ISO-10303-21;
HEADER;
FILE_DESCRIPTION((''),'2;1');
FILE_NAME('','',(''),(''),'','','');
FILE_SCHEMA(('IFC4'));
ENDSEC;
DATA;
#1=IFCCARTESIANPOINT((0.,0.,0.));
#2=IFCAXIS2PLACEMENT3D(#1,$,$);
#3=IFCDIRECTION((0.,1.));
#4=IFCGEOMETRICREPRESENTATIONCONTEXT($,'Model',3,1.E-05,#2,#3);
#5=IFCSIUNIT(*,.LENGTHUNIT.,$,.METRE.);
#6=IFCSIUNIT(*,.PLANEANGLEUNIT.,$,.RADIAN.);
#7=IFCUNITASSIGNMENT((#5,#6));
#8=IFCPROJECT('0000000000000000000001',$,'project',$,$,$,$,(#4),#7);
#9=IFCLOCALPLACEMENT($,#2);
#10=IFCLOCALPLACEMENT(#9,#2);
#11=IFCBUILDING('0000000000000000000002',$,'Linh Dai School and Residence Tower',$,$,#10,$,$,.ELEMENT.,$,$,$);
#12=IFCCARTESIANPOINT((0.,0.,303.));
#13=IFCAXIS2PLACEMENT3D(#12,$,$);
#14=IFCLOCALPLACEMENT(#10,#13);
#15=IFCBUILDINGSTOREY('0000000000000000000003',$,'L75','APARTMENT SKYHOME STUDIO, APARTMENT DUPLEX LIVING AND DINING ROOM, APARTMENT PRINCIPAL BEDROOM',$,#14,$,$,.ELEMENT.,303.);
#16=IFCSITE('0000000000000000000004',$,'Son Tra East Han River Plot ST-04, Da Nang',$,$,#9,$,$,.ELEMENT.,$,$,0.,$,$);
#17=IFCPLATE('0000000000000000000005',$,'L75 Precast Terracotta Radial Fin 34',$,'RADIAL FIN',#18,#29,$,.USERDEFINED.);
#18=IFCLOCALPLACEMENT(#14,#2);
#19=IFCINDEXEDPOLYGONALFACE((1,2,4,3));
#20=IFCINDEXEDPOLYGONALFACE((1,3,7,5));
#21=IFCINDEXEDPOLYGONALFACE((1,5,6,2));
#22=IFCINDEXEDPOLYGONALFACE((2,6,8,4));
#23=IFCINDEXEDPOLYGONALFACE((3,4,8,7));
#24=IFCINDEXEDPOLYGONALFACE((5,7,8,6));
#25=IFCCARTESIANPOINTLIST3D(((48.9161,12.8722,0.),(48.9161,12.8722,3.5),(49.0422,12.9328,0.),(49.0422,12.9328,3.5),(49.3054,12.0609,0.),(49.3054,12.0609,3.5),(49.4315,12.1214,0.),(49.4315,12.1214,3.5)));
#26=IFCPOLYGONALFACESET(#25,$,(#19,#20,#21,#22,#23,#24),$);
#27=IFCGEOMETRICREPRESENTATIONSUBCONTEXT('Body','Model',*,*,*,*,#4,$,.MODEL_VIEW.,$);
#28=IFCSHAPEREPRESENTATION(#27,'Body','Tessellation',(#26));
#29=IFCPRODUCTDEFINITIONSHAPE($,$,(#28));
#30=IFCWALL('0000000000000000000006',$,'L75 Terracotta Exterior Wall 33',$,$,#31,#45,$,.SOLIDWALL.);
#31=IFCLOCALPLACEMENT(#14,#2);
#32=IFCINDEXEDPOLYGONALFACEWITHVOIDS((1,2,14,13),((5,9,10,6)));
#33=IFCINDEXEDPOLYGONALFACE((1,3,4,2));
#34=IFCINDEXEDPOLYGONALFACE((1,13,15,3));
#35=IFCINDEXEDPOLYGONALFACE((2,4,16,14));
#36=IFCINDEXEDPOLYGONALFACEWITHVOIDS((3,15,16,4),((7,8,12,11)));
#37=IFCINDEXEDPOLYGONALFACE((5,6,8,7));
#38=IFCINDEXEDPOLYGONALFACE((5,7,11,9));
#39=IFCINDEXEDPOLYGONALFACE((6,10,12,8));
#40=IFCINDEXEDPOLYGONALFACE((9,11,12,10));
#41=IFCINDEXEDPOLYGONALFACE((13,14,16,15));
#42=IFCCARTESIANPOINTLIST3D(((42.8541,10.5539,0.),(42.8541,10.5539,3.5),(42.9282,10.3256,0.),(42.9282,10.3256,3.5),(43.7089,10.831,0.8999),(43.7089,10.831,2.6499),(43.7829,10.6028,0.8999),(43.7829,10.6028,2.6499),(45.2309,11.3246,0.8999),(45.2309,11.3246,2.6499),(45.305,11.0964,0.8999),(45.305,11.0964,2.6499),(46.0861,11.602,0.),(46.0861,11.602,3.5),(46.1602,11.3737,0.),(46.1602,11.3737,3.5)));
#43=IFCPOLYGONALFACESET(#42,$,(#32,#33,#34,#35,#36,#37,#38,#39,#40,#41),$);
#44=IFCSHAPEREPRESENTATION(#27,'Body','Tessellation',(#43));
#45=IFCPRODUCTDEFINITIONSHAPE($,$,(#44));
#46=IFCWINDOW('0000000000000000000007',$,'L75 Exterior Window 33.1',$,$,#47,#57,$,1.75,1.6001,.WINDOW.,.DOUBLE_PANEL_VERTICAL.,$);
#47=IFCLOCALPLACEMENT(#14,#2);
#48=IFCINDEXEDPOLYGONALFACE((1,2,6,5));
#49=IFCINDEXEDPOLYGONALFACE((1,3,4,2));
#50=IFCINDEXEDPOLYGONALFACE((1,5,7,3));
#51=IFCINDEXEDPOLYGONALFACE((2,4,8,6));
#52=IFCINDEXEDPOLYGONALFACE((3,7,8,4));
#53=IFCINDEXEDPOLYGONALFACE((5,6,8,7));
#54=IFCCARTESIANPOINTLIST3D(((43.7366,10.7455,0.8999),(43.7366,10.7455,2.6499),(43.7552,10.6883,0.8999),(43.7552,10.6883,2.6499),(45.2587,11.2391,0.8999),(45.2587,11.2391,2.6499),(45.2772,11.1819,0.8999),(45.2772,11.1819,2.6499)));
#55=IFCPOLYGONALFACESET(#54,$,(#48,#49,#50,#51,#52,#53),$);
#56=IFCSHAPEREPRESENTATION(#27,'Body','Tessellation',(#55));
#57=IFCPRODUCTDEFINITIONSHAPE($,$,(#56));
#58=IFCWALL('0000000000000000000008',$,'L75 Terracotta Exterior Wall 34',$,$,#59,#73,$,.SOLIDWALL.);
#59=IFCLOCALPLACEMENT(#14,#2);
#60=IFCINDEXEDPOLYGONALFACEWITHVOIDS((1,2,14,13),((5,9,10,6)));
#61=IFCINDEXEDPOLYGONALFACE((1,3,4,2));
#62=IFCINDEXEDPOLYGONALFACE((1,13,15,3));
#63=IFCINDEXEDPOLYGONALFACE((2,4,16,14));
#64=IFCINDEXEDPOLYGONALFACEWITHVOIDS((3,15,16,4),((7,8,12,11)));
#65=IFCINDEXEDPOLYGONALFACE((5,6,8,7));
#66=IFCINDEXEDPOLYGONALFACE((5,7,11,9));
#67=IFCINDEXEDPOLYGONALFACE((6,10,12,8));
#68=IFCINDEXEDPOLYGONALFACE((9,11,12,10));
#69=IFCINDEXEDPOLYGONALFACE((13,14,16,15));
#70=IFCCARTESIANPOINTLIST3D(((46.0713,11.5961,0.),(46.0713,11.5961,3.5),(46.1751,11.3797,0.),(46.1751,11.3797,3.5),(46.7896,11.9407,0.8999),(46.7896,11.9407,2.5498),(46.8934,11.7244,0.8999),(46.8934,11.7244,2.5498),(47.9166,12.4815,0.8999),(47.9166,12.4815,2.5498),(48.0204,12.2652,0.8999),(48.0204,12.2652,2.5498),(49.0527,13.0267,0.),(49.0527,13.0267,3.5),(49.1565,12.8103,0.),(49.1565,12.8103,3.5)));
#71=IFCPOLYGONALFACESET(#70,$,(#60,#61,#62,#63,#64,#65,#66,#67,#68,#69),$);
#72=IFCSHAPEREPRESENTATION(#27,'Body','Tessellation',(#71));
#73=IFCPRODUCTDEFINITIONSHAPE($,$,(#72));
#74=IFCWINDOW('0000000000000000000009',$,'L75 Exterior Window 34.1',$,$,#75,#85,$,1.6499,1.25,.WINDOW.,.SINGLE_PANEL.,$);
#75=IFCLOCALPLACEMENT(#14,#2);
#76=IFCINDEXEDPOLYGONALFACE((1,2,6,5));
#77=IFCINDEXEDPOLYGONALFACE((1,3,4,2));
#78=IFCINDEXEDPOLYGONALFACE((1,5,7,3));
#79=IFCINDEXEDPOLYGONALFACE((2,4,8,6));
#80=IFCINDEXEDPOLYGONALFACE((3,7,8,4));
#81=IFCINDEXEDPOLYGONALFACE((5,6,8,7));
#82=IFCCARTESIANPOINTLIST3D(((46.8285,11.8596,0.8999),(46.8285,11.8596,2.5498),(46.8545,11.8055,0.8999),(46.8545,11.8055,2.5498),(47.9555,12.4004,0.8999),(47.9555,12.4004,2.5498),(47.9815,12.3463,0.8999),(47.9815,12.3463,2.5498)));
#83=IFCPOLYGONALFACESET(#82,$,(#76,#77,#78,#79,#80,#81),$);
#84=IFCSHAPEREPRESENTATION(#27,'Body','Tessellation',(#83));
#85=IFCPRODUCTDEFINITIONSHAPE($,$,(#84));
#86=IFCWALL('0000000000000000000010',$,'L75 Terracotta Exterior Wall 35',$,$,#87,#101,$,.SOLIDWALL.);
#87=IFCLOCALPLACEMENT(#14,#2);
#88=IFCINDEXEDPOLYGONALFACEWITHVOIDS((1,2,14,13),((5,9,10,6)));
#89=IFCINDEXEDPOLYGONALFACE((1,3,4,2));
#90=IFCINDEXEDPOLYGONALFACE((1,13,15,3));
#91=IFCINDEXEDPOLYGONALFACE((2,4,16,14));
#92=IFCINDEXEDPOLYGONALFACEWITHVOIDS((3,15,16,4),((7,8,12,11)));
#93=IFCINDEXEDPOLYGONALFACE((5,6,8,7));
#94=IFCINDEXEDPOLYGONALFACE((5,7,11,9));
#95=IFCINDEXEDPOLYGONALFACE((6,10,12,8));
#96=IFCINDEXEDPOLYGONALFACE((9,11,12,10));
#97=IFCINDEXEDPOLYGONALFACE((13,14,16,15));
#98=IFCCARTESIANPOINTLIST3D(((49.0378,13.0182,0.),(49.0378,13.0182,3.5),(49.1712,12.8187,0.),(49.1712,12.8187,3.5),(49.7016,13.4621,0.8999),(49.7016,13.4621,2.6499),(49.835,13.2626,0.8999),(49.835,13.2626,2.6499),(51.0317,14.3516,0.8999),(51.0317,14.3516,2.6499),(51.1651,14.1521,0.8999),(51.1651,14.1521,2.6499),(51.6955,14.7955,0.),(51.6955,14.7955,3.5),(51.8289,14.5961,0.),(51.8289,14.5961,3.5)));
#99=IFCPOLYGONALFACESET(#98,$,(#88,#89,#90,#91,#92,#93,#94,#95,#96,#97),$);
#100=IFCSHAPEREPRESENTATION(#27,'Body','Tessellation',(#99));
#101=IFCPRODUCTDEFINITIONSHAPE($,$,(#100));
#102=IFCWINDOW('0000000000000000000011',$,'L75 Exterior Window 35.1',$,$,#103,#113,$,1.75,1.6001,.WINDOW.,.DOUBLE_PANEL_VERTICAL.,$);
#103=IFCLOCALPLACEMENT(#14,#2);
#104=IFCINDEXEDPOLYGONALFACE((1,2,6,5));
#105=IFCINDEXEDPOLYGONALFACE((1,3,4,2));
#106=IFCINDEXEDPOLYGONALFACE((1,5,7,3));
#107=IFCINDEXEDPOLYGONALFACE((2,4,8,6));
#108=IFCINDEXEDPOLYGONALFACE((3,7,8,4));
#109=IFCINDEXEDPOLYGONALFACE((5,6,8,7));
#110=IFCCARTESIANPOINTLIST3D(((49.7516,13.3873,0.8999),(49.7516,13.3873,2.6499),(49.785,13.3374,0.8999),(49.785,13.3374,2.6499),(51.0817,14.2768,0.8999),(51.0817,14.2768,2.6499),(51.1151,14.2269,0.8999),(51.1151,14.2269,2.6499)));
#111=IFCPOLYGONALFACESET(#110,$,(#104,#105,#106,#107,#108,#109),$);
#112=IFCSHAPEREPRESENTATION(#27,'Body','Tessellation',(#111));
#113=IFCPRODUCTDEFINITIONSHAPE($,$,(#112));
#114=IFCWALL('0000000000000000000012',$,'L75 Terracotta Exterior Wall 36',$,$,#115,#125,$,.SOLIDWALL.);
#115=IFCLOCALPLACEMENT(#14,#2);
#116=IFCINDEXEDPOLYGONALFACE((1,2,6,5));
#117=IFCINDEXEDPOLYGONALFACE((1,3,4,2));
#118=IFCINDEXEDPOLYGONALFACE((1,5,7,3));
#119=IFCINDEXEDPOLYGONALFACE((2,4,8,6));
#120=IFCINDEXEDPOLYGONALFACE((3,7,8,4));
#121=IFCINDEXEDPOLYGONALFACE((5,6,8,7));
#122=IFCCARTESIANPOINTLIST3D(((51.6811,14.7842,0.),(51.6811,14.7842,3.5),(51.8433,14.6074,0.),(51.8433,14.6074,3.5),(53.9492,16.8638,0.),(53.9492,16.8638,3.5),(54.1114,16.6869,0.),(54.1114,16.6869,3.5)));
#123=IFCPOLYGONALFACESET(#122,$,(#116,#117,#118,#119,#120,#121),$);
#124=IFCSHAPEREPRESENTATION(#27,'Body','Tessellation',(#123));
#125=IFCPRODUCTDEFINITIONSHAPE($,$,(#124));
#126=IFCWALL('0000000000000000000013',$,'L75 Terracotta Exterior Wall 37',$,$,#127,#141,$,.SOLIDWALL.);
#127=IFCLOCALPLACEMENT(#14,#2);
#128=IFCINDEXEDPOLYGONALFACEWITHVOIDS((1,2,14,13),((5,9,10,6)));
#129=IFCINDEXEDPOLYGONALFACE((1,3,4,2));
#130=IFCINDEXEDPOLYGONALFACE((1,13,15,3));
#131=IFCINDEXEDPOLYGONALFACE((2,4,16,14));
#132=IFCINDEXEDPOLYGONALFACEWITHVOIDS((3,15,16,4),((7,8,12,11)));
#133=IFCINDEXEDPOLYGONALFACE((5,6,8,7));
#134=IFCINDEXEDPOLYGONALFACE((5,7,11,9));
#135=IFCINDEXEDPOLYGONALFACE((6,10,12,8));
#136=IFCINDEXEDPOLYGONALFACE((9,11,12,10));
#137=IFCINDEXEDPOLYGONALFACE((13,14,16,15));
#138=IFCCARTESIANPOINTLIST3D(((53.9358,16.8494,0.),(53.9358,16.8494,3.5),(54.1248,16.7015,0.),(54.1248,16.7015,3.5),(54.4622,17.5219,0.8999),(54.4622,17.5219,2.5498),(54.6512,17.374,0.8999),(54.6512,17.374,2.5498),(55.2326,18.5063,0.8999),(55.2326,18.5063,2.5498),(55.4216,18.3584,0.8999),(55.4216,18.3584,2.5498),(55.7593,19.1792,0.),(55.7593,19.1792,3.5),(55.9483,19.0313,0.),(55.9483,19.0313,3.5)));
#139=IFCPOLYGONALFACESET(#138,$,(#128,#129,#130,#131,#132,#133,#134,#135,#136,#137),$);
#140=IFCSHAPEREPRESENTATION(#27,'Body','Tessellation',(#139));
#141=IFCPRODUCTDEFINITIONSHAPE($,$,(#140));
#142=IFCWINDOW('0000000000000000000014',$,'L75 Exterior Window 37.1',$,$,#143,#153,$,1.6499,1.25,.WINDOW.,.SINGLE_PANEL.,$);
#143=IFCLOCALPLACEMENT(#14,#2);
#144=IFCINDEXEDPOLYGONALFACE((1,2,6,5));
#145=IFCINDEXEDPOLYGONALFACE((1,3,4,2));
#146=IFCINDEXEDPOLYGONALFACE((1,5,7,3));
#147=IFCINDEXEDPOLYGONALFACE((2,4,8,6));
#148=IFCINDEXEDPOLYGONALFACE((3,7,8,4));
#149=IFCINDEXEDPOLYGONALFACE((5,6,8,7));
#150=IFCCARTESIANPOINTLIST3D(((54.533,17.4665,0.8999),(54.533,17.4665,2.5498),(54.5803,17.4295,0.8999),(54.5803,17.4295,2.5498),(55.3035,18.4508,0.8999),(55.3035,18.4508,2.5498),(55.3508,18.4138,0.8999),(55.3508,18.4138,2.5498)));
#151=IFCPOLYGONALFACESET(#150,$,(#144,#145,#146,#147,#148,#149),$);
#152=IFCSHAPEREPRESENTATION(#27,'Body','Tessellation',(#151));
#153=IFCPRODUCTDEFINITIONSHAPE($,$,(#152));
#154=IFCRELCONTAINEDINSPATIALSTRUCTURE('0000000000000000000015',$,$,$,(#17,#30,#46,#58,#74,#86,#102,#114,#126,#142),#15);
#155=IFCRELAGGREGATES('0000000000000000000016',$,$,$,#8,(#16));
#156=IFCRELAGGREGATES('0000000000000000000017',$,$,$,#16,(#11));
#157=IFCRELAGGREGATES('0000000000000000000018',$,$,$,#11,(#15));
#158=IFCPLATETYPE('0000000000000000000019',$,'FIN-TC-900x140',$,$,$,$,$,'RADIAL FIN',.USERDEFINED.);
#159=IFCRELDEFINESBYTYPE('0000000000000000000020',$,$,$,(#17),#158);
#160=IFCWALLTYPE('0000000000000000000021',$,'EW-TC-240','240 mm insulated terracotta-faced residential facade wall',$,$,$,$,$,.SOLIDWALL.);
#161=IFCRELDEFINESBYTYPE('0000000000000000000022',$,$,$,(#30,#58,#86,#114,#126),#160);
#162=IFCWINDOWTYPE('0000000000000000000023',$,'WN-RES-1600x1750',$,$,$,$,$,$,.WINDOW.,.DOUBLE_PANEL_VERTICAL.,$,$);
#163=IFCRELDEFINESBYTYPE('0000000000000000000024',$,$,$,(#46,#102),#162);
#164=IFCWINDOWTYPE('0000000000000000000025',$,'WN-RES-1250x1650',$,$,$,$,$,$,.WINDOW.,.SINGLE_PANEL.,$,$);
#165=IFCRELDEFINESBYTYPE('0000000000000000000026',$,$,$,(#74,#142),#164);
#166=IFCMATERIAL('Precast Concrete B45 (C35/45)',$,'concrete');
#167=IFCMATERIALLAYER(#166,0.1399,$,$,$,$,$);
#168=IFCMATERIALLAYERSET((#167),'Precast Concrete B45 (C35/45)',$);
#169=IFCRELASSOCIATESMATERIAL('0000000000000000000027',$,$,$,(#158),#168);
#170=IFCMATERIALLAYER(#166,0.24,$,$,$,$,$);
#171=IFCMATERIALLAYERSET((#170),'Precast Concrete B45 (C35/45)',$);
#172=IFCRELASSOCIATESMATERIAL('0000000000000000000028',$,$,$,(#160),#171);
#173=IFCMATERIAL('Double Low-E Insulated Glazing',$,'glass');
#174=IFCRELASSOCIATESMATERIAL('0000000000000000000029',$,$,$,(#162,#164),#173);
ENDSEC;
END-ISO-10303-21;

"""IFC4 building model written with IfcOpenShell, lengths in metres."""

from ifc_helpers import new_model, si_unit, direction, frame, frame_2d, origin, origin_2d, place, context, subcontext, project, spatial, rectangle, extrude, source, transform, mapped, material, layer, layer_set, type_object, element, fill, save


model = new_model("IFC4")

# Units and contexts
model_context = context("Model", 3, precision=1e-05, world=origin(), true_north=direction((0.0, 1.0)))
body_context = subcontext(model_context, "Body", "Model", "MODEL_VIEW")
ifc_project = project(units=[si_unit("LENGTHUNIT", "METRE"), si_unit("PLANEANGLEUNIT", "RADIAN")], contexts=[model_context])

# Site, building, storey
site_placement = place(None, origin())
site = spatial("IfcSite", under=ifc_project, at=site_placement, Name="Son Tra East Han River Plot ST-04, Da Nang", CompositionType="ELEMENT", RefElevation=0.0)
building_placement = place(site_placement, origin())
building = spatial("IfcBuilding", under=site, at=building_placement, Name="Linh Dai School and Residence Tower", CompositionType="ELEMENT")
storey_placement = place(building_placement, frame((0.0, 0.0, 303.0)))
storey = spatial("IfcBuildingStorey", under=building, at=storey_placement, Name="L75", Description="APARTMENT SKYHOME STUDIO, APARTMENT DUPLEX LIVING AND DINING ROOM, APARTMENT PRINCIPAL BEDROOM", CompositionType="ELEMENT", Elevation=303.0)

# Plate
ifc_material_1 = material(Name="Precast Concrete B45 (C35/45)", Category="concrete")
ifc_layer_1 = layer(ifc_material_1, 0.1399)
ifc_layer_set_1 = layer_set([ifc_layer_1], Name="Precast Concrete B45 (C35/45)")
plate_type = type_object("IfcPlateType", Name="FIN-TC-900x140", ElementType="RADIAL FIN", PredefinedType="USERDEFINED", material=ifc_layer_set_1)
shared_shape_1 = source(origin(), body_context, "Body", "SweptSolid", [
    extrude(rectangle(XDim=0.8999, YDim=0.1399, at=origin_2d()), origin(), (0.0, 0.0, 1.0), 3.5),
])
plate_placement = place(storey_placement, frame((49.1738, 12.4968, 0.0), z_axis=(0.0, 0.0, 1.0), x_axis=(0.432612, -0.90158, 0.0)))
element("IfcPlate", 1, at=plate_placement, inside=storey, type_object=plate_type, Name="L75 Precast Terracotta Radial Fin 34", ObjectType="RADIAL FIN", PredefinedType="USERDEFINED", context=body_context, shape_type="MappedRepresentation", body=[
    mapped(shared_shape_1, transform((0.0, 0.0, 0.0), x_axis=(1.0, 0.0, 0.0), y_axis=(0.0, 1.0, 0.0), z_axis=(0.0, 0.0, 1.0), scale=1.0)),
])

# Walls, openings, windows
ifc_layer_2 = layer(ifc_material_1, 0.24)
ifc_layer_set_2 = layer_set([ifc_layer_2], Name="Precast Concrete B45 (C35/45)")
wall_type_1 = type_object("IfcWallType", Name="EW-TC-240", Description="240 mm insulated terracotta-faced residential facade wall", PredefinedType="SOLIDWALL", material=ifc_layer_set_2)
wall_1_placement = place(storey_placement, frame((46.123, 11.4878, 0.0), z_axis=(0.0, 0.0, 1.0), x_axis=(-0.951231, -0.308478, 0.0)))
wall_1 = element("IfcWall", 2, at=wall_1_placement, inside=storey, type_object=wall_type_1, Name="L75 Terracotta Exterior Wall 33", PredefinedType="SOLIDWALL", context=body_context, shape_type="SweptSolid", body=[
    extrude(rectangle(XDim=3.3977, YDim=0.24, at=frame_2d((1.6987, 0.0))), origin(), (0.0, 0.0, 1.0), 3.5),
])
opening_1_placement = place(wall_1_placement, frame((0.8989, 0.0, 0.8999)))
opening_1 = element("IfcOpeningElement", 3, at=opening_1_placement, cuts=wall_1, PredefinedType="OPENING", context=body_context, shape_type="SweptSolid", body=[
    extrude(rectangle(XDim=1.6001, YDim=1.75, at=origin_2d()), frame((0.8, 0.1299, 0.875), z_axis=(0.0, -1.0, 0.0), x_axis=(1.0, 0.0, 0.0)), (0.0, 0.0, 1.0), 0.26),
])
ifc_material_2 = material(Name="Double Low-E Insulated Glazing", Category="glass")
window_type_1 = type_object("IfcWindowType", Name="WN-RES-1600x1750", PartitioningType="DOUBLE_PANEL_VERTICAL", PredefinedType="WINDOW", material=ifc_material_2)
shared_shape_2 = source(origin(), body_context, "Body", "SweptSolid", [
    extrude(rectangle(XDim=1.6001, YDim=1.75, at=origin_2d()), frame((0.8, 0.03, 0.875), z_axis=(0.0, -1.0, 0.0), x_axis=(1.0, 0.0, 0.0)), (0.0, 0.0, 1.0), 0.0601),
])
window_1_placement = place(opening_1_placement, origin())
window_1 = element("IfcWindow", 4, at=window_1_placement, inside=storey, type_object=window_type_1, Name="L75 Exterior Window 33.1", OverallHeight=1.75, OverallWidth=1.6001, PartitioningType="DOUBLE_PANEL_VERTICAL", PredefinedType="WINDOW", context=body_context, shape_type="MappedRepresentation", body=[
    mapped(shared_shape_2, transform((0.0, 0.0, 0.0), x_axis=(1.0, 0.0, 0.0), y_axis=(0.0, 1.0, 0.0), z_axis=(0.0, 0.0, 1.0), scale=1.0)),
])
fill(opening_1, window_1)
wall_2_placement = place(storey_placement, frame((49.1045, 12.9185, 0.0), z_axis=(0.0, 0.0, 1.0), x_axis=(-0.901574, -0.432625, 0.0)))
wall_2 = element("IfcWall", 5, at=wall_2_placement, inside=storey, type_object=wall_type_1, Name="L75 Terracotta Exterior Wall 34", PredefinedType="SOLIDWALL", context=body_context, shape_type="SweptSolid", body=[
    extrude(rectangle(XDim=3.3069, YDim=0.24, at=frame_2d((1.6533, 0.0))), origin(), (0.0, 0.0, 1.0), 3.5),
])
opening_2_placement = place(wall_2_placement, frame((1.26, 0.0, 0.8999)))
opening_2 = element("IfcOpeningElement", 6, at=opening_2_placement, cuts=wall_2, PredefinedType="OPENING", context=body_context, shape_type="SweptSolid", body=[
    extrude(rectangle(XDim=1.25, YDim=1.6499, at=origin_2d()), frame((0.625, 0.1299, 0.825), z_axis=(0.0, -1.0, 0.0), x_axis=(1.0, 0.0, 0.0)), (0.0, 0.0, 1.0), 0.26),
])
window_type_2 = type_object("IfcWindowType", Name="WN-RES-1250x1650", PartitioningType="SINGLE_PANEL", PredefinedType="WINDOW", material=ifc_material_2)
shared_shape_3 = source(origin(), body_context, "Body", "SweptSolid", [
    extrude(rectangle(XDim=1.25, YDim=1.6499, at=origin_2d()), frame((0.625, 0.03, 0.825), z_axis=(0.0, -1.0, 0.0), x_axis=(1.0, 0.0, 0.0)), (0.0, 0.0, 1.0), 0.0601),
])
window_2_placement = place(opening_2_placement, origin())
window_2 = element("IfcWindow", 7, at=window_2_placement, inside=storey, type_object=window_type_2, Name="L75 Exterior Window 34.1", OverallHeight=1.6499, OverallWidth=1.25, PartitioningType="SINGLE_PANEL", PredefinedType="WINDOW", context=body_context, shape_type="MappedRepresentation", body=[
    mapped(shared_shape_3, transform((0.0, 0.0, 0.0), x_axis=(1.0, 0.0, 0.0), y_axis=(0.0, 1.0, 0.0), z_axis=(0.0, 0.0, 1.0), scale=1.0)),
])
fill(opening_2, window_2)
wall_3_placement = place(storey_placement, frame((51.7622, 14.6958, 0.0), z_axis=(0.0, 0.0, 1.0), x_axis=(-0.831251, -0.555898, 0.0)))
wall_3 = element("IfcWall", 8, at=wall_3_placement, inside=storey, type_object=wall_type_1, Name="L75 Terracotta Exterior Wall 35", PredefinedType="SOLIDWALL", context=body_context, shape_type="SweptSolid", body=[
    extrude(rectangle(XDim=3.1973, YDim=0.24, at=frame_2d((1.5986, 0.0))), origin(), (0.0, 0.0, 1.0), 3.5),
])
opening_3_placement = place(wall_3_placement, frame((0.7986, 0.0, 0.8999)))
opening_3 = element("IfcOpeningElement", 9, at=opening_3_placement, cuts=wall_3, PredefinedType="OPENING", context=body_context, shape_type="SweptSolid", body=[
    extrude(rectangle(XDim=1.6001, YDim=1.75, at=origin_2d()), frame((0.8, 0.1299, 0.875), z_axis=(0.0, -1.0, 0.0), x_axis=(1.0, 0.0, 0.0)), (0.0, 0.0, 1.0), 0.26),
])
window_3_placement = place(opening_3_placement, origin())
window_3 = element("IfcWindow", 10, at=window_3_placement, inside=storey, type_object=window_type_1, Name="L75 Exterior Window 35.1", OverallHeight=1.75, OverallWidth=1.6001, PartitioningType="DOUBLE_PANEL_VERTICAL", PredefinedType="WINDOW", context=body_context, shape_type="MappedRepresentation", body=[
    mapped(shared_shape_2, transform((0.0, 0.0, 0.0), x_axis=(1.0, 0.0, 0.0), y_axis=(0.0, 1.0, 0.0), z_axis=(0.0, 0.0, 1.0), scale=1.0)),
])
fill(opening_3, window_3)

# Wall
wall_4_placement = place(storey_placement, frame((54.0303, 16.7754, 0.0), z_axis=(0.0, 0.0, 1.0), x_axis=(-0.737069, -0.675818, 0.0)))
element("IfcWall", 11, at=wall_4_placement, inside=storey, type_object=wall_type_1, Name="L75 Terracotta Exterior Wall 36", PredefinedType="SOLIDWALL", context=body_context, shape_type="SweptSolid", body=[
    extrude(rectangle(XDim=3.0771, YDim=0.24, at=frame_2d((1.5386, 0.0))), origin(), (0.0, 0.0, 1.0), 3.5),
])

# Wall, opening, window
wall_5_placement = place(storey_placement, frame((55.8538, 19.1052, 0.0), z_axis=(0.0, 0.0, 1.0), x_axis=(-0.616337, -0.787482, 0.0)))
wall_5 = element("IfcWall", 12, at=wall_5_placement, inside=storey, type_object=wall_type_1, Name="L75 Terracotta Exterior Wall 37", PredefinedType="SOLIDWALL", context=body_context, shape_type="SweptSolid", body=[
    extrude(rectangle(XDim=2.9585, YDim=0.24, at=frame_2d((1.4792, 0.0))), origin(), (0.0, 0.0, 1.0), 3.5),
])
opening_4_placement = place(wall_5_placement, frame((0.8545, 0.0, 0.8999)))
opening_4 = element("IfcOpeningElement", 13, at=opening_4_placement, cuts=wall_5, PredefinedType="OPENING", context=body_context, shape_type="SweptSolid", body=[
    extrude(rectangle(XDim=1.25, YDim=1.6499, at=origin_2d()), frame((0.625, 0.1299, 0.825), z_axis=(0.0, -1.0, 0.0), x_axis=(1.0, 0.0, 0.0)), (0.0, 0.0, 1.0), 0.26),
])
window_4_placement = place(opening_4_placement, origin())
window_4 = element("IfcWindow", 14, at=window_4_placement, inside=storey, type_object=window_type_2, Name="L75 Exterior Window 37.1", OverallHeight=1.6499, OverallWidth=1.25, PartitioningType="SINGLE_PANEL", PredefinedType="WINDOW", context=body_context, shape_type="MappedRepresentation", body=[
    mapped(shared_shape_3, transform((0.0, 0.0, 0.0), x_axis=(1.0, 0.0, 0.0), y_axis=(0.0, 1.0, 0.0), z_axis=(0.0, 0.0, 1.0), scale=1.0)),
])
fill(opening_4, window_4)

save(model, "model.ifc")
